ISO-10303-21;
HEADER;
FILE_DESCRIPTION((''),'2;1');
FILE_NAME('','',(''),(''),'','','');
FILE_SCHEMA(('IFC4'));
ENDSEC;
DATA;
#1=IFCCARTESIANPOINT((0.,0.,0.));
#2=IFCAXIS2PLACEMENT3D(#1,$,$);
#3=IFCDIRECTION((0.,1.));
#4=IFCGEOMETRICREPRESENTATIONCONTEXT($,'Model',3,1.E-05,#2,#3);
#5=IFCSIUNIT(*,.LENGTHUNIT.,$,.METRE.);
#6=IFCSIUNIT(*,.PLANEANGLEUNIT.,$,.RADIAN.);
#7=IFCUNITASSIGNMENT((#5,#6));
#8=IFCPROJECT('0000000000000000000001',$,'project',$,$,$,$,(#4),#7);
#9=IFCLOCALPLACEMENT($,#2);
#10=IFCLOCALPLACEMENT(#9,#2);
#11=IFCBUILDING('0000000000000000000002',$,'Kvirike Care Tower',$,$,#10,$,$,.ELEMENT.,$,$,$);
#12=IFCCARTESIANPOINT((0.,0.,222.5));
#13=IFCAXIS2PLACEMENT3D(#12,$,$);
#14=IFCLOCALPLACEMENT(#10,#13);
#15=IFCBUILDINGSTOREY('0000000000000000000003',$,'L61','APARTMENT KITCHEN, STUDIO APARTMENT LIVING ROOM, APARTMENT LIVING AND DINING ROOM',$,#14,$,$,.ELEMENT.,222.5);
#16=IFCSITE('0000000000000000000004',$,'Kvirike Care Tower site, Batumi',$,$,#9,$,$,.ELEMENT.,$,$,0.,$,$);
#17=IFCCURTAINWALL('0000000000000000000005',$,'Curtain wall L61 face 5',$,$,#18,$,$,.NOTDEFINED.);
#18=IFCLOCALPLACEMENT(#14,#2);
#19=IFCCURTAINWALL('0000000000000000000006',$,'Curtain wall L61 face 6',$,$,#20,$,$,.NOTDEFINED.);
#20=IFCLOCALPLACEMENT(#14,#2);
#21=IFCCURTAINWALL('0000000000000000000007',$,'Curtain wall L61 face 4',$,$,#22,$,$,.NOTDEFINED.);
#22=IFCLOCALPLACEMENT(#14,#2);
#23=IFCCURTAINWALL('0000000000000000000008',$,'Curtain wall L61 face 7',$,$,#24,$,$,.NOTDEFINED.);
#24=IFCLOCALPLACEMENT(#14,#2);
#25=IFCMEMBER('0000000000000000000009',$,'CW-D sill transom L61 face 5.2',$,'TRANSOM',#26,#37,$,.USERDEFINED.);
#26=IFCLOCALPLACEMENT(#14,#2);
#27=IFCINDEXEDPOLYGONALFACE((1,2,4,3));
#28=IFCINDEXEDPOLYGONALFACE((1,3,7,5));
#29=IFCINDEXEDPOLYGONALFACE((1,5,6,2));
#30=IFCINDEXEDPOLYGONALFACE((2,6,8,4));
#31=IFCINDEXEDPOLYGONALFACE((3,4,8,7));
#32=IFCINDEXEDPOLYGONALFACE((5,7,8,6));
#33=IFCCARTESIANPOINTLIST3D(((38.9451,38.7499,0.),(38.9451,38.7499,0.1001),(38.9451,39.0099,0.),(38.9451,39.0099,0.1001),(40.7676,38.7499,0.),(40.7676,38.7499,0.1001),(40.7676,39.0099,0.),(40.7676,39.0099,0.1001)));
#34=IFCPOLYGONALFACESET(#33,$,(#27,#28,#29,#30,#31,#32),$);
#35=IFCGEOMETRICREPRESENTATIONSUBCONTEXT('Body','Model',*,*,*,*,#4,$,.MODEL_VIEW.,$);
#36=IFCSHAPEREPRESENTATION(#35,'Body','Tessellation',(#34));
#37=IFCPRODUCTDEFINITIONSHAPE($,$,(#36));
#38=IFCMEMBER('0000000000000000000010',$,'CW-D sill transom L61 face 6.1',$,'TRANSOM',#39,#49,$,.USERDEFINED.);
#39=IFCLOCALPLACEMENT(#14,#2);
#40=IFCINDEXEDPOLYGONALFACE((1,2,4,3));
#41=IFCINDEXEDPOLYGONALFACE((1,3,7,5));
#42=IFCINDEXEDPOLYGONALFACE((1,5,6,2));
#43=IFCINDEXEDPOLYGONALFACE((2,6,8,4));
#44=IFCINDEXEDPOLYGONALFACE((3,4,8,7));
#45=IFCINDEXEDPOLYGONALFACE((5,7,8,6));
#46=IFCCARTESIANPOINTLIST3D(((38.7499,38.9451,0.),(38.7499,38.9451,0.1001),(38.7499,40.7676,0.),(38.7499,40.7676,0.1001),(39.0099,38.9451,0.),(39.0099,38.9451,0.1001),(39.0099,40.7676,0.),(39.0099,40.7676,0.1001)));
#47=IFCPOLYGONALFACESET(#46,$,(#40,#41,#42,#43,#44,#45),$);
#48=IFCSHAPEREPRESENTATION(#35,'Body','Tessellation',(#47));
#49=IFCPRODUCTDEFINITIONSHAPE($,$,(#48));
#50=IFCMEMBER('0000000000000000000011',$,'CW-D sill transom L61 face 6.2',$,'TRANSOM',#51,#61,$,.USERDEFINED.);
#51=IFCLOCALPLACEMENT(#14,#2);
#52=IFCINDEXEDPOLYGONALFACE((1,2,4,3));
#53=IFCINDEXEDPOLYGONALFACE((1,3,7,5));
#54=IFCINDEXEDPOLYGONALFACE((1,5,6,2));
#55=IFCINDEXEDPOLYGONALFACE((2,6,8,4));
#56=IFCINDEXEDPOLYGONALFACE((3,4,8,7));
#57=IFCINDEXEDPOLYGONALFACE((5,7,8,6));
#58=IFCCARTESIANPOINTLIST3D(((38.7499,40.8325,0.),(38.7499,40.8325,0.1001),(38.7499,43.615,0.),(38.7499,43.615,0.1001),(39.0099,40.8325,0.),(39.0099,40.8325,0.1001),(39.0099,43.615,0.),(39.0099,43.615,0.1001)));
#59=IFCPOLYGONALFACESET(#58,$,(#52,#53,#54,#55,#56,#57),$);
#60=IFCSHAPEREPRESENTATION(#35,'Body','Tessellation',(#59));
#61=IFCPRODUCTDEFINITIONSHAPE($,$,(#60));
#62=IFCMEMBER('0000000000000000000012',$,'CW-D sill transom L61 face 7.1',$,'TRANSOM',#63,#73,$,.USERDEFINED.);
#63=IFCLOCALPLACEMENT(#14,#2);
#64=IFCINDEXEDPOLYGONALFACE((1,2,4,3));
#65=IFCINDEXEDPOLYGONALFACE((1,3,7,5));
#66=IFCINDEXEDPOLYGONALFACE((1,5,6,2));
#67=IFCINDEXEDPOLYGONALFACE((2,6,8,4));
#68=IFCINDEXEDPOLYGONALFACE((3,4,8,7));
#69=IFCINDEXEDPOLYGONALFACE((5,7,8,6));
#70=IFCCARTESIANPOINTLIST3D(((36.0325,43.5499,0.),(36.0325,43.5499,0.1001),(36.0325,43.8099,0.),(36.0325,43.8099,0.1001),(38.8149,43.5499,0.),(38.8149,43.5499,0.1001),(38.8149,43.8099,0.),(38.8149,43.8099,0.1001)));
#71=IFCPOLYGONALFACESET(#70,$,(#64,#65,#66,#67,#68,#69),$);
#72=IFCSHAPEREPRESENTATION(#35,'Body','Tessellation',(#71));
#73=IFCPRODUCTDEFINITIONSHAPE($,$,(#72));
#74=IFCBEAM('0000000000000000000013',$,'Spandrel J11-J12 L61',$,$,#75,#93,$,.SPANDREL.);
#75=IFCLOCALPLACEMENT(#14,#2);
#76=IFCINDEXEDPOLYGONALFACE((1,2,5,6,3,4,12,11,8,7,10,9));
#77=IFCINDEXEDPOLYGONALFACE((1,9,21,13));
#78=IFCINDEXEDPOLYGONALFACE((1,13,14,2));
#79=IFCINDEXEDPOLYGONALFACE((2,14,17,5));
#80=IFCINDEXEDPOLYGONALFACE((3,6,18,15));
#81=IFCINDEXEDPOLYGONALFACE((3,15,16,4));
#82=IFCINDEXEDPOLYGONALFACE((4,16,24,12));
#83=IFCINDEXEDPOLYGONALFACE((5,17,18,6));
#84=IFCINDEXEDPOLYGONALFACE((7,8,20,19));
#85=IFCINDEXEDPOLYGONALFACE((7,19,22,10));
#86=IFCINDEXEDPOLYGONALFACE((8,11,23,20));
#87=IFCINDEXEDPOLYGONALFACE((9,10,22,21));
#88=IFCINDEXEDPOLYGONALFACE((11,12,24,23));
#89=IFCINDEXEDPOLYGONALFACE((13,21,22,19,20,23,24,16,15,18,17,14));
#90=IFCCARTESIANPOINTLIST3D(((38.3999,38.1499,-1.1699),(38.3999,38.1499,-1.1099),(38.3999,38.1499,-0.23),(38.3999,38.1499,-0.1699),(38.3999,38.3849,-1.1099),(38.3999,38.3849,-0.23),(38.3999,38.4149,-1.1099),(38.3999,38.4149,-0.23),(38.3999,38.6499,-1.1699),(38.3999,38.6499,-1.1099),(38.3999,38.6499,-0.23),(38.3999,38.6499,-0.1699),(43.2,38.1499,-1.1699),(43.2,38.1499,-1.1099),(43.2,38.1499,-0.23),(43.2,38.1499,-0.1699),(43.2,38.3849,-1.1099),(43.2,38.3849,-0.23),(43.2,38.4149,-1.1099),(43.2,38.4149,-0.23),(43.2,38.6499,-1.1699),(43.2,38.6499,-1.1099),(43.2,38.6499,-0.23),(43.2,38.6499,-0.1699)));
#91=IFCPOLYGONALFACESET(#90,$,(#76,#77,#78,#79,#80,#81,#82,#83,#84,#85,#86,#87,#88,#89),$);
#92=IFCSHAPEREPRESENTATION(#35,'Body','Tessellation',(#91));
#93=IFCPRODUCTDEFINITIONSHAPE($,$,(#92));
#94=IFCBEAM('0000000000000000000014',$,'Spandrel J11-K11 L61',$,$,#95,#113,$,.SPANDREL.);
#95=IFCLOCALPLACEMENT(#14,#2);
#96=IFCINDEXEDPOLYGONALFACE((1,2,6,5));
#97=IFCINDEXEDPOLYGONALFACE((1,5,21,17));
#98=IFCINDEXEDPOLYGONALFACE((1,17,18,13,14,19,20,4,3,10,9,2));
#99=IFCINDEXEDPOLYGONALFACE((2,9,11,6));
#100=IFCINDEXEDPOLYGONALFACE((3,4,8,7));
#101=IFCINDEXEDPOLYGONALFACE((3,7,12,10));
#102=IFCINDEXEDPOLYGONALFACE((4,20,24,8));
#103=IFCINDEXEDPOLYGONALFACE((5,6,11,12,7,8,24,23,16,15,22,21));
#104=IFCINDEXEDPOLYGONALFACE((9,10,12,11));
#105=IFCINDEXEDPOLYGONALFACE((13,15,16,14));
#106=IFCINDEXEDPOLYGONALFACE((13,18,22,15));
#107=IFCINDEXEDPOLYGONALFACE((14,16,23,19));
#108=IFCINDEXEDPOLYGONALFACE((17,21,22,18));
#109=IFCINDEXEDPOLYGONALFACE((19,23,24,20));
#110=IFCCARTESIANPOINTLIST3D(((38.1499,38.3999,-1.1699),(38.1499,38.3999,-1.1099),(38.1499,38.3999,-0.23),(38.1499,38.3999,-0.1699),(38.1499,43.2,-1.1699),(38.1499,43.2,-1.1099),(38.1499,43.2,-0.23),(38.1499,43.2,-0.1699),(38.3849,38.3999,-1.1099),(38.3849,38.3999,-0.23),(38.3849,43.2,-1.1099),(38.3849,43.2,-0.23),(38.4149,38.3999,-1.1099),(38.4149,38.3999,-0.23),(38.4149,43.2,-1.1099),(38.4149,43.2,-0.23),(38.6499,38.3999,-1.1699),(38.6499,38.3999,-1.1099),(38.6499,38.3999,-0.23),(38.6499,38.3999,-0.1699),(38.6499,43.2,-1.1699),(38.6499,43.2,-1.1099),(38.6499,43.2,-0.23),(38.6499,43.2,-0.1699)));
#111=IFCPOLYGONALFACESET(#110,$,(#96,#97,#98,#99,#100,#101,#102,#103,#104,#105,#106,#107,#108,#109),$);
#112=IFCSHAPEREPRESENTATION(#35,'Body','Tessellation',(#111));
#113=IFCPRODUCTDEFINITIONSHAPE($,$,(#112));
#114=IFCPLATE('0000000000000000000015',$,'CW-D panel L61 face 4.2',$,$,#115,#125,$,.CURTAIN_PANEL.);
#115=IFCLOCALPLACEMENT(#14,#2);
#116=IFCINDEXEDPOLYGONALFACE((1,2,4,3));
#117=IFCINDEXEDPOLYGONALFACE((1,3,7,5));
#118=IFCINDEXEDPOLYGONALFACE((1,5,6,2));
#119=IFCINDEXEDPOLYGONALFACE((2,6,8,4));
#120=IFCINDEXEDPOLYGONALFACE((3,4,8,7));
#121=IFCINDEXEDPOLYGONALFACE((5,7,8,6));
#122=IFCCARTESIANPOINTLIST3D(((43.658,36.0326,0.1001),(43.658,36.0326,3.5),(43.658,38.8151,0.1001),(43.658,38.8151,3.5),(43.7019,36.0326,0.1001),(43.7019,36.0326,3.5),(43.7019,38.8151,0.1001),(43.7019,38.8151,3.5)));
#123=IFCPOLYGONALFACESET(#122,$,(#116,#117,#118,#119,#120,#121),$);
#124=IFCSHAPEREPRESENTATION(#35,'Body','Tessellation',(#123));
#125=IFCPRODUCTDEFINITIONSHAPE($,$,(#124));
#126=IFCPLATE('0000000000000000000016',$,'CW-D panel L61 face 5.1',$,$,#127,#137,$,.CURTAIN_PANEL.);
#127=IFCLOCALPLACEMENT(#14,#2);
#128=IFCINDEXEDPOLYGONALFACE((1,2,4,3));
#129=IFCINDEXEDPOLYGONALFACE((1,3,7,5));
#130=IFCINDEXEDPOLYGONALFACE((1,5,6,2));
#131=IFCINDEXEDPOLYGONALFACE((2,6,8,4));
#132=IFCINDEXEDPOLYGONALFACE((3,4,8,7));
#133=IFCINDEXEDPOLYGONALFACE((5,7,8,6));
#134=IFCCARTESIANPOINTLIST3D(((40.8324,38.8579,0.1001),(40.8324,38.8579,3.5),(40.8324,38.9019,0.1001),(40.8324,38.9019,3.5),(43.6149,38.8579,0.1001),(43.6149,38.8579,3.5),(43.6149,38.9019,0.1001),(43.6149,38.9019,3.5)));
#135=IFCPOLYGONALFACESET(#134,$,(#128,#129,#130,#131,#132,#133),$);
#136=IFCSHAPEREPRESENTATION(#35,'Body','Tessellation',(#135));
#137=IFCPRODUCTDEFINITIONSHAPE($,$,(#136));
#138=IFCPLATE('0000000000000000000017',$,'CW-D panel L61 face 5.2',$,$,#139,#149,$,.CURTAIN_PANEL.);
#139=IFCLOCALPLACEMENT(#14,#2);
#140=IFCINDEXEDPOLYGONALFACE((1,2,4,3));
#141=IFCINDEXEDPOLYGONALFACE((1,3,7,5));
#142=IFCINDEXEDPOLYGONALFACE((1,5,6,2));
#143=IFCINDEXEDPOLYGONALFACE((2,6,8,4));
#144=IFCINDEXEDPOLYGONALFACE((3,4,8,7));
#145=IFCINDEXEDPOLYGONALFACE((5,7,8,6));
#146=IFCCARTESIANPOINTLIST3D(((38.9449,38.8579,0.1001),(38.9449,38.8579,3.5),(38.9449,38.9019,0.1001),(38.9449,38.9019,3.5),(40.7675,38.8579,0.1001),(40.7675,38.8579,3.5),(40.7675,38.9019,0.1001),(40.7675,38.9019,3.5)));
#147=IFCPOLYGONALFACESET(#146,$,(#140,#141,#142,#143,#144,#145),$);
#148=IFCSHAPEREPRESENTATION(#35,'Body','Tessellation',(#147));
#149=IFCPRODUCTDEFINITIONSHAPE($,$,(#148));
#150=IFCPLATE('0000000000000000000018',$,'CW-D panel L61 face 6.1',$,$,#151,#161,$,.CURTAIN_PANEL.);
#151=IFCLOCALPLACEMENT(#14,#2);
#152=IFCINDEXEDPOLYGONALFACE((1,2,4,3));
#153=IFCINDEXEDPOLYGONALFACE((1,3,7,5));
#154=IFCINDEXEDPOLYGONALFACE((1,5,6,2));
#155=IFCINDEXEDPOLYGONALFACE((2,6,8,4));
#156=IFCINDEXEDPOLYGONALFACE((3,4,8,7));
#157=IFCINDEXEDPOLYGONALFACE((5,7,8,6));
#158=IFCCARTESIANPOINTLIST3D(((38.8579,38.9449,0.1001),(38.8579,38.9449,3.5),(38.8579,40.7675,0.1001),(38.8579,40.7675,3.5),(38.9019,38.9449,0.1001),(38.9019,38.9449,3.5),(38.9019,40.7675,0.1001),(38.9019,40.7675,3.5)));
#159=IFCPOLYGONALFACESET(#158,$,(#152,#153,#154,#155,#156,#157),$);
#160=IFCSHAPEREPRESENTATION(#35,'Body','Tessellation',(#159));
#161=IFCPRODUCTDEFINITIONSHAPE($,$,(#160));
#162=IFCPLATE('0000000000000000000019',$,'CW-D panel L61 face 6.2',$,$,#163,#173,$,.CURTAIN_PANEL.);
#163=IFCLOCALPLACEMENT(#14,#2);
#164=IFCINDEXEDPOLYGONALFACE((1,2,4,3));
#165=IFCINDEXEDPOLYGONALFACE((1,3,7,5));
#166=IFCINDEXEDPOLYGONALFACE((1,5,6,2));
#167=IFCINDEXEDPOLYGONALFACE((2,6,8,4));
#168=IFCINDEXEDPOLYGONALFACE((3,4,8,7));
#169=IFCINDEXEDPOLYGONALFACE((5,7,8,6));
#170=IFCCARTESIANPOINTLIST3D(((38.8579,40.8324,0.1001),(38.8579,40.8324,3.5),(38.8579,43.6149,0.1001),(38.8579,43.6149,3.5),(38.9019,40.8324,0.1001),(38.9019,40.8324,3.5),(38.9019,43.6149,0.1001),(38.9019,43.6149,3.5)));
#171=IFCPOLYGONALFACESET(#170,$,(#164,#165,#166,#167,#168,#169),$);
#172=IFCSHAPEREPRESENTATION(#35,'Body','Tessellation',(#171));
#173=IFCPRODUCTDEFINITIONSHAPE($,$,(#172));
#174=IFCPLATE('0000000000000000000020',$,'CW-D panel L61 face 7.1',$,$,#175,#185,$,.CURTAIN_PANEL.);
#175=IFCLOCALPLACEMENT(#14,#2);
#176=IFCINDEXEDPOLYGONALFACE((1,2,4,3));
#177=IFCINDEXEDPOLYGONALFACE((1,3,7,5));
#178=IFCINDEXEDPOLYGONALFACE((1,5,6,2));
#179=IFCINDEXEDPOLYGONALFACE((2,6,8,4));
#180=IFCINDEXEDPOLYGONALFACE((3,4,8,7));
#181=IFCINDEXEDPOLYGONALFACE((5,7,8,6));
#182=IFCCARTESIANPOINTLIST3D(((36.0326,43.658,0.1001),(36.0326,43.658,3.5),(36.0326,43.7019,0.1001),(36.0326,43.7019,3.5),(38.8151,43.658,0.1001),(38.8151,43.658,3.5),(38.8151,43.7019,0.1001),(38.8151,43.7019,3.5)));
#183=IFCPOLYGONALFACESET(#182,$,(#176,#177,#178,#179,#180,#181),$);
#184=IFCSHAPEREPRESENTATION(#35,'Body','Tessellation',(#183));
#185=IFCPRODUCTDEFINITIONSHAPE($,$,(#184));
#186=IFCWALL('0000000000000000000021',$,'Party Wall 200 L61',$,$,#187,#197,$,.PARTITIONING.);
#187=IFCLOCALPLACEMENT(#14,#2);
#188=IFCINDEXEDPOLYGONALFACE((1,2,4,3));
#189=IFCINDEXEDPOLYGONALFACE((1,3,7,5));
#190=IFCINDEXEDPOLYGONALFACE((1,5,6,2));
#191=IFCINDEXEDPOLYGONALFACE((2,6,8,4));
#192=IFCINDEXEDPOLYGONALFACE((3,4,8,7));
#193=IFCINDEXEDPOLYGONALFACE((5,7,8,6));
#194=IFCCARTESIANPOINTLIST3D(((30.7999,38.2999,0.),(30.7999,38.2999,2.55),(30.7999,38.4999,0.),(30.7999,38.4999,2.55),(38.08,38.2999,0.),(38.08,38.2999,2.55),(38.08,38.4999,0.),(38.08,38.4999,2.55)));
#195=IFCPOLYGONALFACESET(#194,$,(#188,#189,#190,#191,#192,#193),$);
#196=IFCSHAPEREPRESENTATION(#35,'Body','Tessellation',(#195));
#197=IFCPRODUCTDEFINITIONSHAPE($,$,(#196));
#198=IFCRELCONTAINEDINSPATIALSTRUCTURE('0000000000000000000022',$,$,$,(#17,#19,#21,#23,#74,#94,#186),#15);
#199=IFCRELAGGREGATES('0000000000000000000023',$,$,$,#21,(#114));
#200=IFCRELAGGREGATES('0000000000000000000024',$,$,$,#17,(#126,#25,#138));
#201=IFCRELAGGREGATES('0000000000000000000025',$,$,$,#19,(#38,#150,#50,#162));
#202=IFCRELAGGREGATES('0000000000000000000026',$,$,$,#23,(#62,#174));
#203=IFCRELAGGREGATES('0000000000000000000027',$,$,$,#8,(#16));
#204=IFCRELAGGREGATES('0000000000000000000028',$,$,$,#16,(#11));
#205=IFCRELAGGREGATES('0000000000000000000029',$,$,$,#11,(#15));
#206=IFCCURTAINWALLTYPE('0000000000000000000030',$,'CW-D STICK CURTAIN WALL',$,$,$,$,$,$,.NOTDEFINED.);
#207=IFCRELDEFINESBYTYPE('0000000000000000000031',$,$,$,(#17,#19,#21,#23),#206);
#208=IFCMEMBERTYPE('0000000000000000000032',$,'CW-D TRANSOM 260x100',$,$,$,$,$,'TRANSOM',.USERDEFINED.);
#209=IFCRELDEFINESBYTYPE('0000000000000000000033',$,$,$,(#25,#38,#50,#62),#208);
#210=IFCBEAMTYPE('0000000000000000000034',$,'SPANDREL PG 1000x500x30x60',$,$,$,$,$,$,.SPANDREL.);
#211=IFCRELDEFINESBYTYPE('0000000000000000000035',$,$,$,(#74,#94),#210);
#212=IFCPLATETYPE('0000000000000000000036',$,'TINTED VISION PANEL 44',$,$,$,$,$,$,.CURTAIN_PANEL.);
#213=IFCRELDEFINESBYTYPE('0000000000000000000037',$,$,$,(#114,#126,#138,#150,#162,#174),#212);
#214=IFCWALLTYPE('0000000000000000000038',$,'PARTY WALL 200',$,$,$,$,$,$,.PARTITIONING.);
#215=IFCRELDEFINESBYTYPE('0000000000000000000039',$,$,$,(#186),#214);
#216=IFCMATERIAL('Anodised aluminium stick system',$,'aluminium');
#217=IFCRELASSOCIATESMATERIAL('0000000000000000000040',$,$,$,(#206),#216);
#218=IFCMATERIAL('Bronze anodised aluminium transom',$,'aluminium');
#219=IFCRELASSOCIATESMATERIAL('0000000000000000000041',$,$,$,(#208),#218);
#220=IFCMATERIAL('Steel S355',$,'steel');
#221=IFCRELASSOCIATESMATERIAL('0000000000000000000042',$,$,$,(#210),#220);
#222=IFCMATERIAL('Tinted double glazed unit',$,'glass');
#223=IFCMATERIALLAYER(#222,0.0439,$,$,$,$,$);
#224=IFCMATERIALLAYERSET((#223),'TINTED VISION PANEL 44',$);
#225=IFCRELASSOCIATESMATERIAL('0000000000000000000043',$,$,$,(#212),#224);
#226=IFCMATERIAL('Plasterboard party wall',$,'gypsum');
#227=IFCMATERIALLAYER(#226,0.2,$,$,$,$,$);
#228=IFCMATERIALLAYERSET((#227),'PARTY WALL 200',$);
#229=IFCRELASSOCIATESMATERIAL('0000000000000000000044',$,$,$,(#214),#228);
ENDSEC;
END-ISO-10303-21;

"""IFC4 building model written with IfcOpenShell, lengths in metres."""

from ifc_helpers import new_model, si_unit, direction, frame, frame_2d, origin, origin_2d, place, context, subcontext, project, spatial, rectangle, i_section, extrude, material, layer, layer_set, material_profile, profile_set, type_object, element, aggregate, save


model = new_model("IFC4")

# Units and contexts
model_context = context("Model", 3, precision=1e-05, world=origin(), true_north=direction((0.0, 1.0)))
body_context = subcontext(model_context, "Body", "Model", "MODEL_VIEW")
ifc_project = project(units=[si_unit("LENGTHUNIT", "METRE"), si_unit("PLANEANGLEUNIT", "RADIAN")], contexts=[model_context])

# Site, building, storey
site_placement = place(None, origin())
site = spatial("IfcSite", under=ifc_project, at=site_placement, Name="Kvirike Care Tower site, Batumi", CompositionType="ELEMENT", RefElevation=0.0)
building_placement = place(site_placement, origin())
building = spatial("IfcBuilding", under=site, at=building_placement, Name="Kvirike Care Tower", CompositionType="ELEMENT")
storey_placement = place(building_placement, frame((0.0, 0.0, 222.5)))
storey = spatial("IfcBuildingStorey", under=building, at=storey_placement, Name="L61", Description="APARTMENT KITCHEN, STUDIO APARTMENT LIVING ROOM, APARTMENT LIVING AND DINING ROOM", CompositionType="ELEMENT", Elevation=222.5)

# Curtain walls
ifc_material_1 = material(Name="Anodised aluminium stick system", Category="aluminium")
curtain_wall_type = type_object("IfcCurtainWallType", Name="CW-D STICK CURTAIN WALL", PredefinedType="NOTDEFINED", material=ifc_material_1)
curtain_wall_1_placement = place(storey_placement, origin())
curtain_wall_1 = element("IfcCurtainWall", 1, at=curtain_wall_1_placement, inside=storey, type_object=curtain_wall_type, Name="Curtain wall L61 face 5", PredefinedType="NOTDEFINED")
curtain_wall_2_placement = place(storey_placement, origin())
curtain_wall_2 = element("IfcCurtainWall", 2, at=curtain_wall_2_placement, inside=storey, type_object=curtain_wall_type, Name="Curtain wall L61 face 6", PredefinedType="NOTDEFINED")
curtain_wall_3_placement = place(storey_placement, origin())
curtain_wall_3 = element("IfcCurtainWall", 3, at=curtain_wall_3_placement, inside=storey, type_object=curtain_wall_type, Name="Curtain wall L61 face 4", PredefinedType="NOTDEFINED")

# Curtain wall
curtain_wall_4_placement = place(storey_placement, origin())
curtain_wall_4 = element("IfcCurtainWall", 4, at=curtain_wall_4_placement, inside=storey, type_object=curtain_wall_type, Name="Curtain wall L61 face 7", PredefinedType="NOTDEFINED")

# Members
ifc_material_2 = material(Name="Bronze anodised aluminium transom", Category="aluminium")
ifc_material_profile_1 = material_profile(ifc_material_2, rectangle(XDim=0.26, YDim=0.1001, at=origin_2d()), Name="CW-D TRANSOM 260x100")
ifc_profile_set_1 = profile_set([ifc_material_profile_1], Name="Bronze anodised aluminium transom")
member_type_1 = type_object("IfcMemberType", Name="CW-D TRANSOM 260x100", ElementType="TRANSOM", PredefinedType="USERDEFINED", material=ifc_profile_set_1)
member_1_placement = place(storey_placement, frame((40.7676, 38.8799, 0.05), z_axis=(-1.0, 0.0, 0.0), x_axis=(0.0, -1.0, 0.0)))
member_1 = element("IfcMember", 5, at=member_1_placement, type_object=member_type_1, Name="CW-D sill transom L61 face 5.2", ObjectType="TRANSOM", PredefinedType="USERDEFINED", context=body_context, shape_type="SweptSolid", body=[
    extrude(rectangle(XDim=0.26, YDim=0.1001, at=origin_2d()), origin(), (0.0, 0.0, 1.0), 1.8225),
])
member_2_placement = place(storey_placement, frame((38.8799, 38.9451, 0.05), z_axis=(0.0, 1.0, 0.0), x_axis=(-1.0, 0.0, 0.0)))
member_2 = element("IfcMember", 6, at=member_2_placement, type_object=member_type_1, Name="CW-D sill transom L61 face 6.1", ObjectType="TRANSOM", PredefinedType="USERDEFINED", context=body_context, shape_type="SweptSolid", body=[
    extrude(rectangle(XDim=0.26, YDim=0.1001, at=origin_2d()), origin(), (0.0, 0.0, 1.0), 1.8225),
])
member_3_placement = place(storey_placement, frame((38.8799, 40.8325, 0.05), z_axis=(0.0, 1.0, 0.0), x_axis=(-1.0, 0.0, 0.0)))
member_3 = element("IfcMember", 7, at=member_3_placement, type_object=member_type_1, Name="CW-D sill transom L61 face 6.2", ObjectType="TRANSOM", PredefinedType="USERDEFINED", context=body_context, shape_type="SweptSolid", body=[
    extrude(rectangle(XDim=0.26, YDim=0.1001, at=origin_2d()), origin(), (0.0, 0.0, 1.0), 2.7825),
])
member_4_placement = place(storey_placement, frame((38.8149, 43.6799, 0.05), z_axis=(-1.0, 0.0, 0.0), x_axis=(0.0, -1.0, 0.0)))
member_4 = element("IfcMember", 8, at=member_4_placement, type_object=member_type_1, Name="CW-D sill transom L61 face 7.1", ObjectType="TRANSOM", PredefinedType="USERDEFINED", context=body_context, shape_type="SweptSolid", body=[
    extrude(rectangle(XDim=0.26, YDim=0.1001, at=origin_2d()), origin(), (0.0, 0.0, 1.0), 2.7825),
])

# Beams
ifc_material_3 = material(Name="Steel S355", Category="steel")
ifc_material_profile_2 = material_profile(ifc_material_3, i_section(OverallWidth=0.5, OverallDepth=1.0, WebThickness=0.03, FlangeThickness=0.0601, at=origin_2d()), Name="PG 1000x500x30x60")
ifc_profile_set_2 = profile_set([ifc_material_profile_2], Name="Steel S355")
beam_type = type_object("IfcBeamType", Name="SPANDREL PG 1000x500x30x60", PredefinedType="SPANDREL", material=ifc_profile_set_2)
for number, where, z_axis, x_axis, name in (
    (9, (38.3999, 38.3999, -0.6699), (1.0, 0.0, 0.0), (0.0, 1.0, 0.0), "Spandrel J11-J12 L61"),
    (10, (38.3999, 38.3999, -0.6699), (0.0, 1.0, 0.0), (-1.0, 0.0, 0.0), "Spandrel J11-K11 L61"),
):
    element("IfcBeam", number, at=place(storey_placement, frame(where, z_axis=z_axis, x_axis=x_axis)), inside=storey, type_object=beam_type, Name=name, PredefinedType="SPANDREL", context=body_context, shape_type="SweptSolid", body=[
        extrude(i_section(OverallWidth=0.5, OverallDepth=1.0, WebThickness=0.03, FlangeThickness=0.0601, at=origin_2d()), origin(), (0.0, 0.0, 1.0), 4.8),
    ])

# Plates
ifc_material_4 = material(Name="Tinted double glazed unit", Category="glass")
ifc_layer_1 = layer(ifc_material_4, 0.0439)
ifc_layer_set_1 = layer_set([ifc_layer_1], Name="TINTED VISION PANEL 44")
plate_type = type_object("IfcPlateType", Name="TINTED VISION PANEL 44", PredefinedType="CURTAIN_PANEL", material=ifc_layer_set_1)
plate_1_placement = place(storey_placement, frame((43.6799, 37.4238, 0.1001), z_axis=(0.0, 0.0, 1.0), x_axis=(0.0, 1.0, 0.0)))
plate_1 = element("IfcPlate", 11, at=plate_1_placement, type_object=plate_type, Name="CW-D panel L61 face 4.2", PredefinedType="CURTAIN_PANEL", context=body_context, shape_type="SweptSolid", body=[
    extrude(rectangle(XDim=2.7825, YDim=0.0439, at=origin_2d()), origin(), (0.0, 0.0, 1.0), 3.3999),
])
aggregate(curtain_wall_3, [plate_1])
plate_2_placement = place(storey_placement, frame((42.2236, 38.8799, 0.1001), z_axis=(0.0, 0.0, 1.0), x_axis=(-1.0, 0.0, 0.0)))
plate_2 = element("IfcPlate", 12, at=plate_2_placement, type_object=plate_type, Name="CW-D panel L61 face 5.1", PredefinedType="CURTAIN_PANEL", context=body_context, shape_type="SweptSolid", body=[
    extrude(rectangle(XDim=2.7825, YDim=0.0439, at=origin_2d()), origin(), (0.0, 0.0, 1.0), 3.3999),
])
plate_3_placement = place(storey_placement, frame((39.8562, 38.8799, 0.1001), z_axis=(0.0, 0.0, 1.0), x_axis=(-1.0, 0.0, 0.0)))
plate_3 = element("IfcPlate", 13, at=plate_3_placement, type_object=plate_type, Name="CW-D panel L61 face 5.2", PredefinedType="CURTAIN_PANEL", context=body_context, shape_type="SweptSolid", body=[
    extrude(rectangle(XDim=1.8225, YDim=0.0439, at=origin_2d()), origin(), (0.0, 0.0, 1.0), 3.3999),
])
aggregate(curtain_wall_1, [plate_2, member_1, plate_3])
plate_4_placement = place(storey_placement, frame((38.8799, 39.8562, 0.1001), z_axis=(0.0, 0.0, 1.0), x_axis=(0.0, 1.0, 0.0)))
plate_4 = element("IfcPlate", 14, at=plate_4_placement, type_object=plate_type, Name="CW-D panel L61 face 6.1", PredefinedType="CURTAIN_PANEL", context=body_context, shape_type="SweptSolid", body=[
    extrude(rectangle(XDim=1.8225, YDim=0.0439, at=origin_2d()), origin(), (0.0, 0.0, 1.0), 3.3999),
])
plate_5_placement = place(storey_placement, frame((38.8799, 42.2236, 0.1001), z_axis=(0.0, 0.0, 1.0), x_axis=(0.0, 1.0, 0.0)))
plate_5 = element("IfcPlate", 15, at=plate_5_placement, type_object=plate_type, Name="CW-D panel L61 face 6.2", PredefinedType="CURTAIN_PANEL", context=body_context, shape_type="SweptSolid", body=[
    extrude(rectangle(XDim=2.7825, YDim=0.0439, at=origin_2d()), origin(), (0.0, 0.0, 1.0), 3.3999),
])
aggregate(curtain_wall_2, [member_2, plate_4, member_3, plate_5])
plate_6_placement = place(storey_placement, frame((37.4238, 43.6799, 0.1001), z_axis=(0.0, 0.0, 1.0), x_axis=(-1.0, 0.0, 0.0)))
plate_6 = element("IfcPlate", 16, at=plate_6_placement, type_object=plate_type, Name="CW-D panel L61 face 7.1", PredefinedType="CURTAIN_PANEL", context=body_context, shape_type="SweptSolid", body=[
    extrude(rectangle(XDim=2.7825, YDim=0.0439, at=origin_2d()), origin(), (0.0, 0.0, 1.0), 3.3999),
])
aggregate(curtain_wall_4, [member_4, plate_6])

# Wall
ifc_material_5 = material(Name="Plasterboard party wall", Category="gypsum")
ifc_layer_2 = layer(ifc_material_5, 0.2)
ifc_layer_set_2 = layer_set([ifc_layer_2], Name="PARTY WALL 200")
wall_type = type_object("IfcWallType", Name="PARTY WALL 200", PredefinedType="PARTITIONING", material=ifc_layer_set_2)
wall_placement = place(storey_placement, frame((38.0801, 38.3999, 0.0), z_axis=(0.0, 0.0, 1.0), x_axis=(-1.0, 0.0, 0.0)))
element("IfcWall", 17, at=wall_placement, inside=storey, type_object=wall_type, Name="Party Wall 200 L61", PredefinedType="PARTITIONING", context=body_context, shape_type="SweptSolid", body=[
    extrude(rectangle(XDim=7.28, YDim=0.2, at=frame_2d((3.6401, 0.0))), origin(), (0.0, 0.0, 1.0), 2.55),
])

save(model, "model.ifc")
